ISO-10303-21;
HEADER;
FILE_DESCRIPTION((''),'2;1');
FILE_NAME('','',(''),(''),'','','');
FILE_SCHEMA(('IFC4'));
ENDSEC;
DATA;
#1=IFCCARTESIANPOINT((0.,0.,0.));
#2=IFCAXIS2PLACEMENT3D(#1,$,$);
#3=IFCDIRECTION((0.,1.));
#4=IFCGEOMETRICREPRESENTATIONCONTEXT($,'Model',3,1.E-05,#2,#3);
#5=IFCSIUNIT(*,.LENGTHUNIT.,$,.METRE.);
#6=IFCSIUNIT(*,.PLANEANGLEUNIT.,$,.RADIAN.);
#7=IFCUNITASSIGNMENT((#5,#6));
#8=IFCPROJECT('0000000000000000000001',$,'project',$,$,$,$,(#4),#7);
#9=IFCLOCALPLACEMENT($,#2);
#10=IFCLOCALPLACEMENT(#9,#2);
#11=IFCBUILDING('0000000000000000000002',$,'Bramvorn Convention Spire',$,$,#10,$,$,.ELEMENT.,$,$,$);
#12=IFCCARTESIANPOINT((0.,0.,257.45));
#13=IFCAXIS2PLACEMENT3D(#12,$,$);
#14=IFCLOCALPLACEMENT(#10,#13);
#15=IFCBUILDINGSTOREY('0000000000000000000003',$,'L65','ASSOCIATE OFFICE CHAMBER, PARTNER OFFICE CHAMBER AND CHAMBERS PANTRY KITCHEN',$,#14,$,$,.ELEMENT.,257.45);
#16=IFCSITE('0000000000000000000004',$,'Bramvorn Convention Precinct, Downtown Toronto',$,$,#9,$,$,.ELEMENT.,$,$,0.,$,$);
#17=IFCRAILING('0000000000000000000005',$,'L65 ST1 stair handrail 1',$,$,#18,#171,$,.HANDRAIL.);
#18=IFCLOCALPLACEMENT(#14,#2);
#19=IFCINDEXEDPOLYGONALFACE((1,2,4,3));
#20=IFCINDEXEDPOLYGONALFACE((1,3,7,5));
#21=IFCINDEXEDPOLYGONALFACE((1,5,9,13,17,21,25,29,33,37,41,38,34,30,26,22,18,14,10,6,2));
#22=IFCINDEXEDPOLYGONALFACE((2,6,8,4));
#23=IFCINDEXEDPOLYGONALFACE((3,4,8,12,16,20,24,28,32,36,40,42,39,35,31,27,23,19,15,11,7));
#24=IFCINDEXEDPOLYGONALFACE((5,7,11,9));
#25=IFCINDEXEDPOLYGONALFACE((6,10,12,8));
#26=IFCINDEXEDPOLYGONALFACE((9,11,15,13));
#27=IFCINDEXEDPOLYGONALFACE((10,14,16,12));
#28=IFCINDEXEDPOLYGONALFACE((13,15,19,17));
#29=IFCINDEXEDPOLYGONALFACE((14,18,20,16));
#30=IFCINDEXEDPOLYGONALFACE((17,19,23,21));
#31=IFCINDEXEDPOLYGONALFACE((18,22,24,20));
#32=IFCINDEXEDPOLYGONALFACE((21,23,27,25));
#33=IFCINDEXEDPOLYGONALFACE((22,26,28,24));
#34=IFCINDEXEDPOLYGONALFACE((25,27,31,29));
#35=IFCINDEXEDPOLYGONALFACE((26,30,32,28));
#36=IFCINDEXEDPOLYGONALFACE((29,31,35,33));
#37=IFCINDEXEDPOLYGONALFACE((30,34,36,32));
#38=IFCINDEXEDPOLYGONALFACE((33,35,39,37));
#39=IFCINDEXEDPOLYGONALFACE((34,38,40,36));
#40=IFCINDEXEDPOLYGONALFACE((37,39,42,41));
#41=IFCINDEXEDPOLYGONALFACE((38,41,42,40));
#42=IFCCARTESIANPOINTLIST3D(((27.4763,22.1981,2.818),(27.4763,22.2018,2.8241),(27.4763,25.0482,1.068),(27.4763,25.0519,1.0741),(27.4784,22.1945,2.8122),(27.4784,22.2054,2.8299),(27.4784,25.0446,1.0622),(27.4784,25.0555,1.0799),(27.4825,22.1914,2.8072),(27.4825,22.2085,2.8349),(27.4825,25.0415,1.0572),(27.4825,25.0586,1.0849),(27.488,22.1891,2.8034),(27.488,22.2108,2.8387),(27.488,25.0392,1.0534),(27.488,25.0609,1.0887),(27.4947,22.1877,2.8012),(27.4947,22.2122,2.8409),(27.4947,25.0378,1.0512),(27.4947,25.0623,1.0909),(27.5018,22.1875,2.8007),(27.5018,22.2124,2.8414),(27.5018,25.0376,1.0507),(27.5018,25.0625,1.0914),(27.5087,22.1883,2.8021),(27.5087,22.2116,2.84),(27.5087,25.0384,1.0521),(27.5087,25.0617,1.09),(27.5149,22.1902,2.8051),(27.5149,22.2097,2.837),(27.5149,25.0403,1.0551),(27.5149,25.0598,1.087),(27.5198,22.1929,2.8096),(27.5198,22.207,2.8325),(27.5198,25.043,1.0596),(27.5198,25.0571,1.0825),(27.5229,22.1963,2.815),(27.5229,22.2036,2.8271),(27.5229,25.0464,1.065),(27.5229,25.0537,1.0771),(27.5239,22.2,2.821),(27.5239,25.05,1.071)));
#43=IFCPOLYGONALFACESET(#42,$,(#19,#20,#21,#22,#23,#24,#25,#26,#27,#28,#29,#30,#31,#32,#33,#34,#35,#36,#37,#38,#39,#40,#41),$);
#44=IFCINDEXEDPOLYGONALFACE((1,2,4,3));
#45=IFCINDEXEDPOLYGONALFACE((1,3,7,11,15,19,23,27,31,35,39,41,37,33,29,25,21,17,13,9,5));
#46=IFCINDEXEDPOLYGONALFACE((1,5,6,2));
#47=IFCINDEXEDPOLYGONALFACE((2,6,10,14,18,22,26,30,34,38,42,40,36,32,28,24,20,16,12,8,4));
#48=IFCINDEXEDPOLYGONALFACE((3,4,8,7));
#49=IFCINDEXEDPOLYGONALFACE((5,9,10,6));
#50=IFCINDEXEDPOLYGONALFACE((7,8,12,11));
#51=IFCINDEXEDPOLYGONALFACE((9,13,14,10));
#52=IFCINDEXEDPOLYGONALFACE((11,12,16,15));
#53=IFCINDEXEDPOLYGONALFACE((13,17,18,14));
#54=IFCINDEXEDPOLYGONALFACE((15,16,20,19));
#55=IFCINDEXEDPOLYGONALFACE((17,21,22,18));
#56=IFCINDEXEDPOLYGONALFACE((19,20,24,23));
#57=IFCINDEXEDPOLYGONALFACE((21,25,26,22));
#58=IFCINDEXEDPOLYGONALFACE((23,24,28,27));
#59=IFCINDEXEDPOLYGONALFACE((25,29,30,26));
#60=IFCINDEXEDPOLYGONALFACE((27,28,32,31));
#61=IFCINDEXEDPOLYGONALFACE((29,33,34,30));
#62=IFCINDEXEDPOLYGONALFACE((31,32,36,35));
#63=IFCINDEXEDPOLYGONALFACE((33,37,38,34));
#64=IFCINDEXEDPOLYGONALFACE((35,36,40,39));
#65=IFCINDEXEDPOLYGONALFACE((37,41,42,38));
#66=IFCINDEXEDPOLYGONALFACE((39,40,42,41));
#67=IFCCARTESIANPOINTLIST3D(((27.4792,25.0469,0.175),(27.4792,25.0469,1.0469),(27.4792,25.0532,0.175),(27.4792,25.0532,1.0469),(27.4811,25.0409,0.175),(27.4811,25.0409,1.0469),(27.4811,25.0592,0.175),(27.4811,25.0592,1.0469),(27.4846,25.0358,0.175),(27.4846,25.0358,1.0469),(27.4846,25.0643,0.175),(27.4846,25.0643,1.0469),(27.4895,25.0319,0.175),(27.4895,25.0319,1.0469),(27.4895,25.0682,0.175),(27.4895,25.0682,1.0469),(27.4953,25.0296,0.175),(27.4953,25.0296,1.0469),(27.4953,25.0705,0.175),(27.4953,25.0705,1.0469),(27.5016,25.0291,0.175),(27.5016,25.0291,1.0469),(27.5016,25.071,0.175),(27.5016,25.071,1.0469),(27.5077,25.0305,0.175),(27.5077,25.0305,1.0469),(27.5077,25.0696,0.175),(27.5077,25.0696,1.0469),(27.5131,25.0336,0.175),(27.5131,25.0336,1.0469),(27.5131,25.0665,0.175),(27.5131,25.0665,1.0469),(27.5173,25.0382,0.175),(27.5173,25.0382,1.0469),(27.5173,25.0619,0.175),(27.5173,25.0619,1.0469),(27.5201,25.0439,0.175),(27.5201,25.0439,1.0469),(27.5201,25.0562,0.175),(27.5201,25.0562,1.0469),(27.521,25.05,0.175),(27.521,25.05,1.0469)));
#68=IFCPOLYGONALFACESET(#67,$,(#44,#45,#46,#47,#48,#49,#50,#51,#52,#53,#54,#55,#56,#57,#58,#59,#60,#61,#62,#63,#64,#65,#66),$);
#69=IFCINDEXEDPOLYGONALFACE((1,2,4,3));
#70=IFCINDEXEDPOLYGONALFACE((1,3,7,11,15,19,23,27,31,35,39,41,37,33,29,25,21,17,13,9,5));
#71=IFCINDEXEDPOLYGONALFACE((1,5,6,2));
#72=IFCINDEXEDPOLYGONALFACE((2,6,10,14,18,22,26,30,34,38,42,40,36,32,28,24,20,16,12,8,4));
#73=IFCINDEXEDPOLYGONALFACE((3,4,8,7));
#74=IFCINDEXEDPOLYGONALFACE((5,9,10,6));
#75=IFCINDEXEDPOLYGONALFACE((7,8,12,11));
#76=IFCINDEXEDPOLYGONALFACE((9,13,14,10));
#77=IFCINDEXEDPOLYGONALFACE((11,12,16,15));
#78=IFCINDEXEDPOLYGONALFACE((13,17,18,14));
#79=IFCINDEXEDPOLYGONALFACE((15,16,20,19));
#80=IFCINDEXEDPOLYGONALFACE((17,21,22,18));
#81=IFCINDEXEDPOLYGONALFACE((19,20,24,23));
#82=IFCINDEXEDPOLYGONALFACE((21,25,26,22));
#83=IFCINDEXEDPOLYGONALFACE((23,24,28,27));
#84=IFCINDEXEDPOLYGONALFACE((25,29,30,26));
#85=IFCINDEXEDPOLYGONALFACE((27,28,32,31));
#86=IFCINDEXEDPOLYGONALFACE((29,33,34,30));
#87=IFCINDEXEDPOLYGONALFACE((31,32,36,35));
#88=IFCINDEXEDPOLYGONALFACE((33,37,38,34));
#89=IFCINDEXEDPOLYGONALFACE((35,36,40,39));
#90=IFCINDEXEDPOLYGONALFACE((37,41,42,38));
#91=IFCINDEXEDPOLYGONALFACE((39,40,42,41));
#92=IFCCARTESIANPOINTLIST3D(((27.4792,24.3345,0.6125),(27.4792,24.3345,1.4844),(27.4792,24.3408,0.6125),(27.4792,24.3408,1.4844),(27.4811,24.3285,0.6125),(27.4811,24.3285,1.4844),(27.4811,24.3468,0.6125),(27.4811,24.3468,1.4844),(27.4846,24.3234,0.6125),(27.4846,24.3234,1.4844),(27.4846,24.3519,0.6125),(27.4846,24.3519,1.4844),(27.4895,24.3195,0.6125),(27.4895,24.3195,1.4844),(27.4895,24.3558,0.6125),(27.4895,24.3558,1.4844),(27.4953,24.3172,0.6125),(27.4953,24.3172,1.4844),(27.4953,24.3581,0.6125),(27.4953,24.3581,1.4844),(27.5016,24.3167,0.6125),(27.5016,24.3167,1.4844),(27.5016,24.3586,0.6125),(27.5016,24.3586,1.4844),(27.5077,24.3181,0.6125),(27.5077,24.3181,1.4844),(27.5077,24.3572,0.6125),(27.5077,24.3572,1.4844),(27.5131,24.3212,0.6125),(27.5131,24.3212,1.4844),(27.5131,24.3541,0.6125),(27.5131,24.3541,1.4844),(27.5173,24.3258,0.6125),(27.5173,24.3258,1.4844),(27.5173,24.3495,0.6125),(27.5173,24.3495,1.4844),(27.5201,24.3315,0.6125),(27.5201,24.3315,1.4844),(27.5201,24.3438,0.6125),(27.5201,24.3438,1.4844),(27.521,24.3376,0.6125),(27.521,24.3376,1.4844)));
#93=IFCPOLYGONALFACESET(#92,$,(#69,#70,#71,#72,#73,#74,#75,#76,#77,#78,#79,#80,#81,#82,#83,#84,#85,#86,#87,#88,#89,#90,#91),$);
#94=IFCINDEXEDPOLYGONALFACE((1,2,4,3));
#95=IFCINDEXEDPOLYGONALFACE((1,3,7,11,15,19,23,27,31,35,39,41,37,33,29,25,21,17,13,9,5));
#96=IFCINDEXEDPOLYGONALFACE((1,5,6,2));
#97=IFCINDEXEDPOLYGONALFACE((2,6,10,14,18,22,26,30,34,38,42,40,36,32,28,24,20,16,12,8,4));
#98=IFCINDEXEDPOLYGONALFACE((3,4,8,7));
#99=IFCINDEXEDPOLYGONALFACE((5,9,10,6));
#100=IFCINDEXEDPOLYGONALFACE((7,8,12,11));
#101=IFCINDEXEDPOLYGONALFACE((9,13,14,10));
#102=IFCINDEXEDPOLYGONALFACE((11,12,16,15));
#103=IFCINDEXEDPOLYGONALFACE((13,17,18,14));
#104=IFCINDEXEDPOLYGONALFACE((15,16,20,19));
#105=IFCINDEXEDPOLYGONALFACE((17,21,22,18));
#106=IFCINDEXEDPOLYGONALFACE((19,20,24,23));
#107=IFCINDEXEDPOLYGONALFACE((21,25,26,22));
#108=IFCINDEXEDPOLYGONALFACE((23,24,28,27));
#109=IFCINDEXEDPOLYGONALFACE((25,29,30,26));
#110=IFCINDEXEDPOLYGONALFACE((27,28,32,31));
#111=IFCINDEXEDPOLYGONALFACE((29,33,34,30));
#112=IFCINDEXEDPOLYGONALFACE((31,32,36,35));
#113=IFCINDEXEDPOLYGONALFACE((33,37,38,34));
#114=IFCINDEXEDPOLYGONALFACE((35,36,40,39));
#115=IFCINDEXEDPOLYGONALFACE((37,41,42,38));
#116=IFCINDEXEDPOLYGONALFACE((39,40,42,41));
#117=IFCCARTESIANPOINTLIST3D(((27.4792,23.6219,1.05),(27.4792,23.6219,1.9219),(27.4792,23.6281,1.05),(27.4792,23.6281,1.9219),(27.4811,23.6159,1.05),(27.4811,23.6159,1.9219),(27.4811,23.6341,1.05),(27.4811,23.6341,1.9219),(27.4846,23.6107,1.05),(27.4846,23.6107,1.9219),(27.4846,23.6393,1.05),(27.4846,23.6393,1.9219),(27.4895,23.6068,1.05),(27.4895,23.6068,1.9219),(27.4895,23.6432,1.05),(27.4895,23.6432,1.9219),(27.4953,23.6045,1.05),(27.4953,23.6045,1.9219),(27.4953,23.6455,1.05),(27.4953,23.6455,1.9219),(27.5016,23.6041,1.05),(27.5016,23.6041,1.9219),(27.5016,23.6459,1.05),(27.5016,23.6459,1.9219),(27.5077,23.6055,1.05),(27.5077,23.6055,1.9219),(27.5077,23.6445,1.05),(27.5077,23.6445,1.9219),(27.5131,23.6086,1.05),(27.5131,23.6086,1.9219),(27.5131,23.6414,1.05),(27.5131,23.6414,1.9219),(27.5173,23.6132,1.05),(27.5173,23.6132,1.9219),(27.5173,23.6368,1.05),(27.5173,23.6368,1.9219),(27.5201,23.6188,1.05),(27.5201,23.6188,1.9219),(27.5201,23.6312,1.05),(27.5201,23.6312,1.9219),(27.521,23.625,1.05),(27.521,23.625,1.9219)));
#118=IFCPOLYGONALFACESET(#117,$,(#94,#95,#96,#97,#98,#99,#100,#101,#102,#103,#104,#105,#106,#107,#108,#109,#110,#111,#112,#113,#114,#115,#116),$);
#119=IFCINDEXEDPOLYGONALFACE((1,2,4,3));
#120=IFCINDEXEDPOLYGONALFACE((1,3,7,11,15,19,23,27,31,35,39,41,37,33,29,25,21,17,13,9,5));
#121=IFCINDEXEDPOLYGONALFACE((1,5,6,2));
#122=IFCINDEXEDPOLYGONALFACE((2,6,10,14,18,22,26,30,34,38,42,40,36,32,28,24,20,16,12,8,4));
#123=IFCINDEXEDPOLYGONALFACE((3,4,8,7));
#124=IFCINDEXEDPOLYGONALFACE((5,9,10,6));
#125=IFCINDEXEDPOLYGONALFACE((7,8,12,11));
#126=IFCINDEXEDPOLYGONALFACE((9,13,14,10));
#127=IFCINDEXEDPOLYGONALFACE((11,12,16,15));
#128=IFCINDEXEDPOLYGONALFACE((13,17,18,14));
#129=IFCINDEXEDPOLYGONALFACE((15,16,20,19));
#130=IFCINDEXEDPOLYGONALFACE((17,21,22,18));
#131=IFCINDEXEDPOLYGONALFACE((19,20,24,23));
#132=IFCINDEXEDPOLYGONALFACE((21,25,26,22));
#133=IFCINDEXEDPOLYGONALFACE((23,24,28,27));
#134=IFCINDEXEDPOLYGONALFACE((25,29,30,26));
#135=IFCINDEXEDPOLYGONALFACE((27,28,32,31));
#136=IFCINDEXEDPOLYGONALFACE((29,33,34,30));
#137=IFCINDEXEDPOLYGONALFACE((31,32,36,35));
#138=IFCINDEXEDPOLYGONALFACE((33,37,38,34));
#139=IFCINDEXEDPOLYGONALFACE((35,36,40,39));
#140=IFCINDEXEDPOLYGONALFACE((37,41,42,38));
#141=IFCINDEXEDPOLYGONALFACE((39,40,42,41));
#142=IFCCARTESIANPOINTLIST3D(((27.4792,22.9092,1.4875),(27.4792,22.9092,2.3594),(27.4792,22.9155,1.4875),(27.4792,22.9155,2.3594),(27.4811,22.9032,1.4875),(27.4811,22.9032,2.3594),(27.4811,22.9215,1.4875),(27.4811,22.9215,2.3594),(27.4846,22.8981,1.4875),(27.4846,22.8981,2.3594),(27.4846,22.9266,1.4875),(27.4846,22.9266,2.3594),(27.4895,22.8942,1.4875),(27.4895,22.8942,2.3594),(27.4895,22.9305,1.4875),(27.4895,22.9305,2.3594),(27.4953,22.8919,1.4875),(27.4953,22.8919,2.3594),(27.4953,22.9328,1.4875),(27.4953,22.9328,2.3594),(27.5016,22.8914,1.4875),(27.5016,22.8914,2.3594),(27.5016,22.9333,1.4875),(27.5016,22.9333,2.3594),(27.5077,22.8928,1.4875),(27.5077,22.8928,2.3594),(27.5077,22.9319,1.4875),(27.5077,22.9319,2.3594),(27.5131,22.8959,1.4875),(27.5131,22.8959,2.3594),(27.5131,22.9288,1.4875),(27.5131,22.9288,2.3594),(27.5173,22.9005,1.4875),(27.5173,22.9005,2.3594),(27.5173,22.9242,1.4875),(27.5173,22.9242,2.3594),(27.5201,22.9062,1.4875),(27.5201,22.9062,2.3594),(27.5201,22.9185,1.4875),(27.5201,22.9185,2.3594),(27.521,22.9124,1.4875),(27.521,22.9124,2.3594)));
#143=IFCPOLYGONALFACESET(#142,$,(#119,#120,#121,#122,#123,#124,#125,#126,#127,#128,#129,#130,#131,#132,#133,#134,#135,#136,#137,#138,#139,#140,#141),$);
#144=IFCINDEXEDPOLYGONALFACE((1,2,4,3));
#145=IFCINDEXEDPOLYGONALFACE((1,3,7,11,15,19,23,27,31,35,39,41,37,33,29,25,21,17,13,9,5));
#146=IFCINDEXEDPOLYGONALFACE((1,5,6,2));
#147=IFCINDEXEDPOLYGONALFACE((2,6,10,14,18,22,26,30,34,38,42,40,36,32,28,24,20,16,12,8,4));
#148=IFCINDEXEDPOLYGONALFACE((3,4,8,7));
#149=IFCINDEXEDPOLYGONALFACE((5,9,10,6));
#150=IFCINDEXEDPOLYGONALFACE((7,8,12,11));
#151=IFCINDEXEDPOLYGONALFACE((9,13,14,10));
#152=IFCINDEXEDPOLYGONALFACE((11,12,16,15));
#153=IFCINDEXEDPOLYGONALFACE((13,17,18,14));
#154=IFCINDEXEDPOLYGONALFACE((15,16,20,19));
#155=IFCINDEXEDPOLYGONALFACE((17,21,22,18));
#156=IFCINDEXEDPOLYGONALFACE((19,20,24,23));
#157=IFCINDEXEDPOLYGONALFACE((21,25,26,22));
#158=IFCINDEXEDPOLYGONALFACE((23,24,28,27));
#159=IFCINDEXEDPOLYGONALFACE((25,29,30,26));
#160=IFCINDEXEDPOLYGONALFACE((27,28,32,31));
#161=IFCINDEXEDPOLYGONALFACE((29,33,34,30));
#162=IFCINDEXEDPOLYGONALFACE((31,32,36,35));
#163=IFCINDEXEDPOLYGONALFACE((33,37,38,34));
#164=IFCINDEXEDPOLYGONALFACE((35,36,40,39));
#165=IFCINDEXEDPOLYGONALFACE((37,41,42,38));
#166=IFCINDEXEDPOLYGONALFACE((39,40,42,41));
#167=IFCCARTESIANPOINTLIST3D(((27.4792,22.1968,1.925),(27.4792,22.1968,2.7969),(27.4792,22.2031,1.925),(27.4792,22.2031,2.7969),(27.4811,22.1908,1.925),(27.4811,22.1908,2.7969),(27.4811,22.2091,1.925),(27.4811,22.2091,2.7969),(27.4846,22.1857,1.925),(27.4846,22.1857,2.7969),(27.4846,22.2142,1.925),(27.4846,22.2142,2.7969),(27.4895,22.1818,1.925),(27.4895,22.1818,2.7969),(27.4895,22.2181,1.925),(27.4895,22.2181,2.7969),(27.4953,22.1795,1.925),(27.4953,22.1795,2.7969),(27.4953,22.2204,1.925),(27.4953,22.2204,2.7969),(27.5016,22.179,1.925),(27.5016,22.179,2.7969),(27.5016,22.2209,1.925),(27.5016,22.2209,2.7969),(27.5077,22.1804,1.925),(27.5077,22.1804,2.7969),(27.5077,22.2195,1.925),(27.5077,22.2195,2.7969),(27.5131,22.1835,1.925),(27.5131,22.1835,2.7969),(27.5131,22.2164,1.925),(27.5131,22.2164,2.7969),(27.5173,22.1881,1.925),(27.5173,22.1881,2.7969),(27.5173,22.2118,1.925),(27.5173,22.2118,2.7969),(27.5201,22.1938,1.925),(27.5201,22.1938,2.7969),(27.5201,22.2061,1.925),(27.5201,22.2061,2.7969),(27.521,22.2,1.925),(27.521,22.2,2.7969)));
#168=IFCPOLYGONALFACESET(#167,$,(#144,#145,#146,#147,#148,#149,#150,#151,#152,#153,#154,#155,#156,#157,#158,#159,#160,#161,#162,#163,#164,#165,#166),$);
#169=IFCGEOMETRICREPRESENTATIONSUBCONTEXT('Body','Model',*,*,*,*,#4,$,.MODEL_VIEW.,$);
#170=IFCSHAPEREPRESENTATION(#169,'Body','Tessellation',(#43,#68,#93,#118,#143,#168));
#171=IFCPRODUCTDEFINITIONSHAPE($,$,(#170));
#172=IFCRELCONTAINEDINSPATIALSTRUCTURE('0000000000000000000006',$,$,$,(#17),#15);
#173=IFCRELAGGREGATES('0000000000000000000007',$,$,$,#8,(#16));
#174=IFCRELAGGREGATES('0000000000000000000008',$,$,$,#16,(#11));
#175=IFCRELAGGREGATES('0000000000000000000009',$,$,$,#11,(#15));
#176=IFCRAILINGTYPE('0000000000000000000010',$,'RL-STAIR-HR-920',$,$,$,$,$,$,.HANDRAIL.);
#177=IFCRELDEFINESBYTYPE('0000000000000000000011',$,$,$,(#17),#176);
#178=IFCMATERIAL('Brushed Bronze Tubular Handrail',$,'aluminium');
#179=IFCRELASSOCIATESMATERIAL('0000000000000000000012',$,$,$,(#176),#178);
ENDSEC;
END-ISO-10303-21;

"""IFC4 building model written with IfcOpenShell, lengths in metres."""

from ifc_helpers import new_model, si_unit, direction, frame, origin, origin_2d, place, context, subcontext, project, spatial, circle, extrude, material, type_object, element, save


model = new_model("IFC4")

# Units and contexts
model_context = context("Model", 3, precision=1e-05, world=origin(), true_north=direction((0.0, 1.0)))
body_context = subcontext(model_context, "Body", "Model", "MODEL_VIEW")
ifc_project = project(units=[si_unit("LENGTHUNIT", "METRE"), si_unit("PLANEANGLEUNIT", "RADIAN")], contexts=[model_context])

# Site, building, storey
site_placement = place(None, origin())
site = spatial("IfcSite", under=ifc_project, at=site_placement, Name="Bramvorn Convention Precinct, Downtown Toronto", CompositionType="ELEMENT", RefElevation=0.0)
building_placement = place(site_placement, origin())
building = spatial("IfcBuilding", under=site, at=building_placement, Name="Bramvorn Convention Spire", CompositionType="ELEMENT")
storey_placement = place(building_placement, frame((0.0, 0.0, 257.45)))
storey = spatial("IfcBuildingStorey", under=building, at=storey_placement, Name="L65", Description="ASSOCIATE OFFICE CHAMBER, PARTNER OFFICE CHAMBER AND CHAMBERS PANTRY KITCHEN", CompositionType="ELEMENT", Elevation=257.45)

# Railing
ifc_material_1 = material(Name="Brushed Bronze Tubular Handrail", Category="aluminium")
railing_type_1 = type_object("IfcRailingType", Name="RL-STAIR-HR-920", PredefinedType="HANDRAIL", material=ifc_material_1)
railing_1_placement = place(storey_placement, frame((27.5, 25.05, 0.175)))
element("IfcRailing", 1, at=railing_1_placement, inside=storey, type_object=railing_type_1, Name="L65 ST1 stair handrail 1", PredefinedType="HANDRAIL", context=body_context, shape_type="SweptSolid", body=[
    extrude(circle(Radius=0.0239, at=origin_2d()), frame((0.0, 0.0, 0.896), z_axis=(0.0, -0.852179, 0.52325), x_axis=(1.0, 0.0, 0.0)), (0.0, 0.0, 1.0), 3.3445),
    extrude(circle(Radius=0.021, at=origin_2d()), origin(), (0.0, 0.0, 1.0), 0.8718),
    extrude(circle(Radius=0.021, at=origin_2d()), frame((0.0, -0.7124, 0.4375)), (0.0, 0.0, 1.0), 0.8718),
    extrude(circle(Radius=0.021, at=origin_2d()), frame((0.0, -1.425, 0.875)), (0.0, 0.0, 1.0), 0.8718),
    extrude(circle(Radius=0.021, at=origin_2d()), frame((0.0, -2.1377, 1.3125)), (0.0, 0.0, 1.0), 0.8718),
    extrude(circle(Radius=0.021, at=origin_2d()), frame((0.0, -2.8501, 1.75)), (0.0, 0.0, 1.0), 0.8718),
])

save(model, "model.ifc")
